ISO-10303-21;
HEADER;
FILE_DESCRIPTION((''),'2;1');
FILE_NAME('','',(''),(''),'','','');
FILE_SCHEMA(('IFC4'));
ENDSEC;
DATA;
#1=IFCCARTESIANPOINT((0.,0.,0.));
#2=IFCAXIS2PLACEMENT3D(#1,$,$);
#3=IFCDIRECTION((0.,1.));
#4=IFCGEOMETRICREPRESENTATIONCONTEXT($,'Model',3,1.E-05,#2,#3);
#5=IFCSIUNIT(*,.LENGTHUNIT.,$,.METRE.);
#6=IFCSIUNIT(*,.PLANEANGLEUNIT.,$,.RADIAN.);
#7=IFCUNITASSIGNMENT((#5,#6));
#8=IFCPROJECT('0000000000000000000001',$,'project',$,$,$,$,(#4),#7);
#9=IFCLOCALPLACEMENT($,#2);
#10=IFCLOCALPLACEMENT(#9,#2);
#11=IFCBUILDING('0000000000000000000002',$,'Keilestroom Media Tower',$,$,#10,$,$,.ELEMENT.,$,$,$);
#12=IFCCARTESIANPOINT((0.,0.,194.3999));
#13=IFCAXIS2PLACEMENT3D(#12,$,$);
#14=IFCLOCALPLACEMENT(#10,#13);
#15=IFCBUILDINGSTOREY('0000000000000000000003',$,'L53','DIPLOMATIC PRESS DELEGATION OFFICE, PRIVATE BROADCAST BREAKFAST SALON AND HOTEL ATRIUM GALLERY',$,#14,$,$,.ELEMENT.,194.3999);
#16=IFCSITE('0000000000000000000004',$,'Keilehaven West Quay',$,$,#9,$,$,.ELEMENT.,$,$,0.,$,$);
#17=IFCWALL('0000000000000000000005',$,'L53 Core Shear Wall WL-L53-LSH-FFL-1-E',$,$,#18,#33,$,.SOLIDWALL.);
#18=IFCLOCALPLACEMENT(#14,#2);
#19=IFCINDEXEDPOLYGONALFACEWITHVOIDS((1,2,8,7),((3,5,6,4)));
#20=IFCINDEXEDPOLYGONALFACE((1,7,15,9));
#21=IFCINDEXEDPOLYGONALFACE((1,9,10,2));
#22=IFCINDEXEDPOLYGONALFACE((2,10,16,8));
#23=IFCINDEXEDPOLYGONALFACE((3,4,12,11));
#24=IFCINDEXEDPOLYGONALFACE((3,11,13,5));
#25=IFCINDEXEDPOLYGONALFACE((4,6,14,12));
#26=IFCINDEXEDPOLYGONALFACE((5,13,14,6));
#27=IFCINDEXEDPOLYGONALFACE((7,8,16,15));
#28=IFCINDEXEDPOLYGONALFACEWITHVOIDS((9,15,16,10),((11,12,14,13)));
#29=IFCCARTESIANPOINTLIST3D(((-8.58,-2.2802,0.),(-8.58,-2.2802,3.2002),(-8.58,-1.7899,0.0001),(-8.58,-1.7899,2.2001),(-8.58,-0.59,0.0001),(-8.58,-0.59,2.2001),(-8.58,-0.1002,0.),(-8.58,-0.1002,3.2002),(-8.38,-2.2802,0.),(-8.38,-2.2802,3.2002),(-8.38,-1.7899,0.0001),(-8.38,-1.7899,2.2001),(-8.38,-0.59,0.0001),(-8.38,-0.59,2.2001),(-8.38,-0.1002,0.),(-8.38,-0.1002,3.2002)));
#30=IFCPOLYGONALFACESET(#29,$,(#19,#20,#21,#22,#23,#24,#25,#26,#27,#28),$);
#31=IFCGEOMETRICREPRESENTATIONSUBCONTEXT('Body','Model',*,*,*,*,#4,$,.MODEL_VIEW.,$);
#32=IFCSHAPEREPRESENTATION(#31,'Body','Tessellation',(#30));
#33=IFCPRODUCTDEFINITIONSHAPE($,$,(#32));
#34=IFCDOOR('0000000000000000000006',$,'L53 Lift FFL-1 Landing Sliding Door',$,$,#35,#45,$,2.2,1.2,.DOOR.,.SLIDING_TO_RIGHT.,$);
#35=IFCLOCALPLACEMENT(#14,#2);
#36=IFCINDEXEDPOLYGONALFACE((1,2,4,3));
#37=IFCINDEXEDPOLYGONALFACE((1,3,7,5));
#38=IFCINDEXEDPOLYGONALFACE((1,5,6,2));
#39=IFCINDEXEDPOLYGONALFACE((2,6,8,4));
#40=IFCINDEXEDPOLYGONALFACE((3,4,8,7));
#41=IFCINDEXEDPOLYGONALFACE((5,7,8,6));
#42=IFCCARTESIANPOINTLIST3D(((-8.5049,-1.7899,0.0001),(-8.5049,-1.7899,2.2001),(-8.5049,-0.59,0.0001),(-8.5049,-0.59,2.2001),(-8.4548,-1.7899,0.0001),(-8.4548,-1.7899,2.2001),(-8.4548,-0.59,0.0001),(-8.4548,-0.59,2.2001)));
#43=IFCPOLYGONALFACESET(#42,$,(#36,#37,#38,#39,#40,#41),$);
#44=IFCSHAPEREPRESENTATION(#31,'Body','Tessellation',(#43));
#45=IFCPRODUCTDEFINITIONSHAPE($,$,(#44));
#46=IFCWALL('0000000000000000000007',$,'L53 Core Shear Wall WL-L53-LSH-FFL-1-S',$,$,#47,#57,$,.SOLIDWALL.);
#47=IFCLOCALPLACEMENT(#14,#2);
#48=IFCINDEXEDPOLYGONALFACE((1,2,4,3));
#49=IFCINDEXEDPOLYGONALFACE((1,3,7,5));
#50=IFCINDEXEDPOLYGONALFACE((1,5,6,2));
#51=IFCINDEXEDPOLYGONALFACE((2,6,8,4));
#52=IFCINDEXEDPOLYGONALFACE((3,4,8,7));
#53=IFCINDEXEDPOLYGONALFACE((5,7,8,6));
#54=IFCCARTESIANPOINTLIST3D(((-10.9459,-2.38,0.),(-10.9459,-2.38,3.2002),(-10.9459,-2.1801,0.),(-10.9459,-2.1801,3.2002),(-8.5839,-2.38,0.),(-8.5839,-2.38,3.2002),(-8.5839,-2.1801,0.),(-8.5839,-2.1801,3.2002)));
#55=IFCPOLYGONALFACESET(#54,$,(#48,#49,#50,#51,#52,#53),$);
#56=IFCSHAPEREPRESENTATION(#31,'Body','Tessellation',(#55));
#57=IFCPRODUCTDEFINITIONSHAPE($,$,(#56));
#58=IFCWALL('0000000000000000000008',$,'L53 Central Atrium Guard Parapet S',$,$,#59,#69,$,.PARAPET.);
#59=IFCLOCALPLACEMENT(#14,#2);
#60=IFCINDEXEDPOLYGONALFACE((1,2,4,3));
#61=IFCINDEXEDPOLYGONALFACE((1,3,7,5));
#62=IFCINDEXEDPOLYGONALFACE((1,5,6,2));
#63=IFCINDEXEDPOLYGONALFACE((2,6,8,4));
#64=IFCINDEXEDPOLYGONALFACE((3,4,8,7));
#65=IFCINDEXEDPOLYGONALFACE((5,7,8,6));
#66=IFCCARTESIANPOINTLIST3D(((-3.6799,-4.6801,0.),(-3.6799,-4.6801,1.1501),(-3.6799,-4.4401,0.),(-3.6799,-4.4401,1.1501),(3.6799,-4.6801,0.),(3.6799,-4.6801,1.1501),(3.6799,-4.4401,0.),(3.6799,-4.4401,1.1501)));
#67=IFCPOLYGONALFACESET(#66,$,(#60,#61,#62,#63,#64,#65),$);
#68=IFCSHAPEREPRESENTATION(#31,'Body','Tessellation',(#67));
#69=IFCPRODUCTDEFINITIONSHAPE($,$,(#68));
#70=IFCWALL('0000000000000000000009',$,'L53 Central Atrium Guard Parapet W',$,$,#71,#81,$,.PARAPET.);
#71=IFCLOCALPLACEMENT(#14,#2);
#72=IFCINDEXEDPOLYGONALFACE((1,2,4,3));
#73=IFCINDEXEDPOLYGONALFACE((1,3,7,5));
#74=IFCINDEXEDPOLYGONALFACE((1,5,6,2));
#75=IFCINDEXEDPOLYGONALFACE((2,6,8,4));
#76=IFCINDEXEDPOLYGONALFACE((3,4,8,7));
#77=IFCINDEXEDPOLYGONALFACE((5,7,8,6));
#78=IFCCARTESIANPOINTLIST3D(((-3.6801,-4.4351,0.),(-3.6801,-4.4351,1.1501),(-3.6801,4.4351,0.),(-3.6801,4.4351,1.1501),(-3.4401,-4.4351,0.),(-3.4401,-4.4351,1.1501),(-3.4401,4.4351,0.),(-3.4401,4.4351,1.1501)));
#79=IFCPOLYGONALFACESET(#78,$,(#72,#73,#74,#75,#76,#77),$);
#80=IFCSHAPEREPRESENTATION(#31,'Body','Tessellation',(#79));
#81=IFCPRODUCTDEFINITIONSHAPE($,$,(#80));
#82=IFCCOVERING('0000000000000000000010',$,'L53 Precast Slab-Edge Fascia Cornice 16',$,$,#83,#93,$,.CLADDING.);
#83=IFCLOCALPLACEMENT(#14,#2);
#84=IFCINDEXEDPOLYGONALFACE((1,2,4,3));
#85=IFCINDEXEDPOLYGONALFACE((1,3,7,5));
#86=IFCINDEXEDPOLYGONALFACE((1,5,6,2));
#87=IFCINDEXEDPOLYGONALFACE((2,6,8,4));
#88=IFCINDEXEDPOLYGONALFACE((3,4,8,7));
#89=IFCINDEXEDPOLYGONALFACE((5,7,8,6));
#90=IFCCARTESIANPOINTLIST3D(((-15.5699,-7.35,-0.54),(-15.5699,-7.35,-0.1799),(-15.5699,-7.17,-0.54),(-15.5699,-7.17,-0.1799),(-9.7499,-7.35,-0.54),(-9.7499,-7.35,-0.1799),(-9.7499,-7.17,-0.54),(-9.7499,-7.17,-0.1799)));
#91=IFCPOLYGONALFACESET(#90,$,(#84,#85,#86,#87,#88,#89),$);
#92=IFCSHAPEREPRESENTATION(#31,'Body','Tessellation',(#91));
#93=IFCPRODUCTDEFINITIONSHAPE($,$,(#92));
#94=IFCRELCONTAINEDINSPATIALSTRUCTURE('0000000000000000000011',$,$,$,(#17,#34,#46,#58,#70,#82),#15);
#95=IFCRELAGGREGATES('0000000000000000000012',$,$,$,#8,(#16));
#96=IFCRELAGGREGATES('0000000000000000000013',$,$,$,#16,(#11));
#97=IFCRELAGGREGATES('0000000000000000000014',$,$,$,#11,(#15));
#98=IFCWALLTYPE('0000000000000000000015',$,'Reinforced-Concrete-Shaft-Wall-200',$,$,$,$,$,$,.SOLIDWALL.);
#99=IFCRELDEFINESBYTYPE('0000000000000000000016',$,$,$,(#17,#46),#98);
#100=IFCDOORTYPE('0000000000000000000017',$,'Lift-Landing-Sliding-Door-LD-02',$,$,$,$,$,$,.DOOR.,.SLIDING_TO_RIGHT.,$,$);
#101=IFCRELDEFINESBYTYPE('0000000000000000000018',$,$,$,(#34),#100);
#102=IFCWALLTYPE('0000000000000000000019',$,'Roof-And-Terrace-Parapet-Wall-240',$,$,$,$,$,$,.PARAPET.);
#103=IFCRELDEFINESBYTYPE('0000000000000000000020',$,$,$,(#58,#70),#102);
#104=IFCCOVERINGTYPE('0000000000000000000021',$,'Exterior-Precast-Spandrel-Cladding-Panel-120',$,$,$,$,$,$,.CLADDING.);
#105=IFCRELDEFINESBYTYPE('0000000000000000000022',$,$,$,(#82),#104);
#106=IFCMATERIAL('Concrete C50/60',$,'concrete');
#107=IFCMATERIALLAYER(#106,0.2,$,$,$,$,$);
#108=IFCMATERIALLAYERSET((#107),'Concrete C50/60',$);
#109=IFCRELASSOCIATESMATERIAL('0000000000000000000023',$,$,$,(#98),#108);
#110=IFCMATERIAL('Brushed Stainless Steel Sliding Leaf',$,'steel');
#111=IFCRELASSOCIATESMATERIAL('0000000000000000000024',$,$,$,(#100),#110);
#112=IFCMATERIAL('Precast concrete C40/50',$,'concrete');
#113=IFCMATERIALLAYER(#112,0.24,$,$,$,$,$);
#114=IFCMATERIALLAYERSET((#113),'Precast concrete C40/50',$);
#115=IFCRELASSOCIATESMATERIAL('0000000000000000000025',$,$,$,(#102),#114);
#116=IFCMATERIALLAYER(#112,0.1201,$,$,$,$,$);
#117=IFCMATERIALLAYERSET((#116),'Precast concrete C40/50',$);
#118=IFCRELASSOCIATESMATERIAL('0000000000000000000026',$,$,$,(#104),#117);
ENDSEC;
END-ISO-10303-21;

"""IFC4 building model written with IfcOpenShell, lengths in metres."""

from ifc_helpers import new_model, si_unit, direction, frame, frame_2d, origin, origin_2d, place, context, subcontext, project, spatial, rectangle, extrude, source, transform, mapped, material, layer, layer_set, type_object, element, fill, save


model = new_model("IFC4")

# Units and contexts
model_context = context("Model", 3, precision=1e-05, world=origin(), true_north=direction((0.0, 1.0)))
body_context = subcontext(model_context, "Body", "Model", "MODEL_VIEW")
ifc_project = project(units=[si_unit("LENGTHUNIT", "METRE"), si_unit("PLANEANGLEUNIT", "RADIAN")], contexts=[model_context])

# Site, building, storey
site_placement = place(None, origin())
site = spatial("IfcSite", under=ifc_project, at=site_placement, Name="Keilehaven West Quay", CompositionType="ELEMENT", RefElevation=0.0)
building_placement = place(site_placement, origin())
building = spatial("IfcBuilding", under=site, at=building_placement, Name="Keilestroom Media Tower", CompositionType="ELEMENT")
storey_placement = place(building_placement, frame((0.0, 0.0, 194.3999)))
storey = spatial("IfcBuildingStorey", under=building, at=storey_placement, Name="L53", Description="DIPLOMATIC PRESS DELEGATION OFFICE, PRIVATE BROADCAST BREAKFAST SALON AND HOTEL ATRIUM GALLERY", CompositionType="ELEMENT", Elevation=194.3999)

# Shared definitions
shared_shape_1 = source(origin(), body_context, "Body", "SweptSolid", [
    extrude(rectangle(XDim=1.2, YDim=2.2, at=frame_2d((0.6001, 1.1001))), frame((0.0, 0.0249, 0.0), z_axis=(0.0, -1.0, 0.0), x_axis=(1.0, 0.0, 0.0)), (0.0, 0.0, 1.0), 0.05),
])

# Shared definitions
ifc_material_1 = material(Name="Concrete C50/60", Category="concrete")
ifc_layer_1 = layer(ifc_material_1, 0.2)
ifc_layer_set_1 = layer_set([ifc_layer_1], Name="Concrete C50/60")
wall_type_1 = type_object("IfcWallType", Name="Reinforced-Concrete-Shaft-Wall-200", PredefinedType="SOLIDWALL", material=ifc_layer_set_1)

# Wall, opening, door
wall_1_placement = place(storey_placement, frame((-8.48, -2.28, 0.0), z_axis=(0.0, 0.0, 1.0), x_axis=(0.0, 1.0, 0.0)))
wall_1 = element("IfcWall", 1, at=wall_1_placement, inside=storey, type_object=wall_type_1, Name="L53 Core Shear Wall WL-L53-LSH-FFL-1-E", PredefinedType="SOLIDWALL", context=body_context, shape_type="SweptSolid", body=[
    extrude(rectangle(XDim=2.1799, YDim=0.2, at=frame_2d((1.0898, 0.0))), origin(), (0.0, 0.0, 1.0), 3.2002),
])
opening_1_placement = place(wall_1_placement, frame((0.49, 0.0, 0.0)))
opening_1 = element("IfcOpeningElement", 2, at=opening_1_placement, cuts=wall_1, PredefinedType="OPENING", context=body_context, shape_type="SweptSolid", body=[
    extrude(rectangle(XDim=1.2, YDim=2.2, at=frame_2d((0.6001, 1.1001))), frame((0.0, 0.1099, 0.0), z_axis=(0.0, -1.0, 0.0), x_axis=(1.0, 0.0, 0.0)), (0.0, 0.0, 1.0), 0.22),
])
ifc_material_2 = material(Name="Brushed Stainless Steel Sliding Leaf", Category="steel")
door_type_1 = type_object("IfcDoorType", Name="Lift-Landing-Sliding-Door-LD-02", OperationType="SLIDING_TO_RIGHT", PredefinedType="DOOR", material=ifc_material_2)
door_1_placement = place(opening_1_placement, origin())
door_1 = element("IfcDoor", 3, at=door_1_placement, inside=storey, type_object=door_type_1, Name="L53 Lift FFL-1 Landing Sliding Door", OperationType="SLIDING_TO_RIGHT", OverallHeight=2.2, OverallWidth=1.2, PredefinedType="DOOR", context=body_context, shape_type="MappedRepresentation", body=[
    mapped(shared_shape_1, transform((0.0, 0.0, 0.0), x_axis=(1.0, 0.0, 0.0), y_axis=(0.0, 1.0, 0.0), z_axis=(0.0, 0.0, 1.0), scale=1.0)),
])
fill(opening_1, door_1)

# Walls
wall_2_placement = place(storey_placement, frame((-10.946, -2.28, 0.0), z_axis=(0.0, 0.0, 1.0), x_axis=(1.0, 0.0, 0.0)))
element("IfcWall", 4, at=wall_2_placement, inside=storey, type_object=wall_type_1, Name="L53 Core Shear Wall WL-L53-LSH-FFL-1-S", PredefinedType="SOLIDWALL", context=body_context, shape_type="SweptSolid", body=[
    extrude(rectangle(XDim=2.3621, YDim=0.2, at=frame_2d((1.1812, 0.0))), origin(), (0.0, 0.0, 1.0), 3.2002),
])
ifc_material_3 = material(Name="Precast concrete C40/50", Category="concrete")
ifc_layer_2 = layer(ifc_material_3, 0.24)
ifc_layer_set_2 = layer_set([ifc_layer_2], Name="Precast concrete C40/50")
wall_type_2 = type_object("IfcWallType", Name="Roof-And-Terrace-Parapet-Wall-240", PredefinedType="PARAPET", material=ifc_layer_set_2)
wall_3_placement = place(storey_placement, frame((-3.6799, -4.5601, 0.0), z_axis=(0.0, 0.0, 1.0), x_axis=(1.0, 0.0, 0.0)))
element("IfcWall", 5, at=wall_3_placement, inside=storey, type_object=wall_type_2, Name="L53 Central Atrium Guard Parapet S", PredefinedType="PARAPET", context=body_context, shape_type="SweptSolid", body=[
    extrude(rectangle(XDim=7.3599, YDim=0.24, at=frame_2d((3.6799, 0.0))), origin(), (0.0, 0.0, 1.0), 1.1501),
])
wall_4_placement = place(storey_placement, frame((-3.5601, -4.4351, 0.0), z_axis=(0.0, 0.0, 1.0), x_axis=(0.0, 1.0, 0.0)))
element("IfcWall", 6, at=wall_4_placement, inside=storey, type_object=wall_type_2, Name="L53 Central Atrium Guard Parapet W", PredefinedType="PARAPET", context=body_context, shape_type="SweptSolid", body=[
    extrude(rectangle(XDim=8.8701, YDim=0.24, at=frame_2d((4.4351, 0.0))), origin(), (0.0, 0.0, 1.0), 1.1501),
])

# Covering
ifc_layer_3 = layer(ifc_material_3, 0.1201)
ifc_layer_set_3 = layer_set([ifc_layer_3], Name="Precast concrete C40/50")
covering_type = type_object("IfcCoveringType", Name="Exterior-Precast-Spandrel-Cladding-Panel-120", PredefinedType="CLADDING", material=ifc_layer_set_3)
shared_shape_2 = source(origin(), body_context, "Body", "SweptSolid", [
    extrude(rectangle(XDim=5.8201, YDim=0.1799, at=origin_2d()), origin(), (0.0, 0.0, 1.0), 0.3601),
])
covering_placement = place(storey_placement, frame((-12.6599, -7.26, -0.54), z_axis=(0.0, 0.0, 1.0), x_axis=(-1.0, 0.0, 0.0)))
element("IfcCovering", 7, at=covering_placement, inside=storey, type_object=covering_type, Name="L53 Precast Slab-Edge Fascia Cornice 16", PredefinedType="CLADDING", context=body_context, shape_type="MappedRepresentation", body=[
    mapped(shared_shape_2, transform((0.0, 0.0, 0.0), x_axis=(1.0, 0.0, 0.0), y_axis=(0.0, 1.0, 0.0), z_axis=(0.0, 0.0, 1.0), scale=1.0)),
])

save(model, "model.ifc")
